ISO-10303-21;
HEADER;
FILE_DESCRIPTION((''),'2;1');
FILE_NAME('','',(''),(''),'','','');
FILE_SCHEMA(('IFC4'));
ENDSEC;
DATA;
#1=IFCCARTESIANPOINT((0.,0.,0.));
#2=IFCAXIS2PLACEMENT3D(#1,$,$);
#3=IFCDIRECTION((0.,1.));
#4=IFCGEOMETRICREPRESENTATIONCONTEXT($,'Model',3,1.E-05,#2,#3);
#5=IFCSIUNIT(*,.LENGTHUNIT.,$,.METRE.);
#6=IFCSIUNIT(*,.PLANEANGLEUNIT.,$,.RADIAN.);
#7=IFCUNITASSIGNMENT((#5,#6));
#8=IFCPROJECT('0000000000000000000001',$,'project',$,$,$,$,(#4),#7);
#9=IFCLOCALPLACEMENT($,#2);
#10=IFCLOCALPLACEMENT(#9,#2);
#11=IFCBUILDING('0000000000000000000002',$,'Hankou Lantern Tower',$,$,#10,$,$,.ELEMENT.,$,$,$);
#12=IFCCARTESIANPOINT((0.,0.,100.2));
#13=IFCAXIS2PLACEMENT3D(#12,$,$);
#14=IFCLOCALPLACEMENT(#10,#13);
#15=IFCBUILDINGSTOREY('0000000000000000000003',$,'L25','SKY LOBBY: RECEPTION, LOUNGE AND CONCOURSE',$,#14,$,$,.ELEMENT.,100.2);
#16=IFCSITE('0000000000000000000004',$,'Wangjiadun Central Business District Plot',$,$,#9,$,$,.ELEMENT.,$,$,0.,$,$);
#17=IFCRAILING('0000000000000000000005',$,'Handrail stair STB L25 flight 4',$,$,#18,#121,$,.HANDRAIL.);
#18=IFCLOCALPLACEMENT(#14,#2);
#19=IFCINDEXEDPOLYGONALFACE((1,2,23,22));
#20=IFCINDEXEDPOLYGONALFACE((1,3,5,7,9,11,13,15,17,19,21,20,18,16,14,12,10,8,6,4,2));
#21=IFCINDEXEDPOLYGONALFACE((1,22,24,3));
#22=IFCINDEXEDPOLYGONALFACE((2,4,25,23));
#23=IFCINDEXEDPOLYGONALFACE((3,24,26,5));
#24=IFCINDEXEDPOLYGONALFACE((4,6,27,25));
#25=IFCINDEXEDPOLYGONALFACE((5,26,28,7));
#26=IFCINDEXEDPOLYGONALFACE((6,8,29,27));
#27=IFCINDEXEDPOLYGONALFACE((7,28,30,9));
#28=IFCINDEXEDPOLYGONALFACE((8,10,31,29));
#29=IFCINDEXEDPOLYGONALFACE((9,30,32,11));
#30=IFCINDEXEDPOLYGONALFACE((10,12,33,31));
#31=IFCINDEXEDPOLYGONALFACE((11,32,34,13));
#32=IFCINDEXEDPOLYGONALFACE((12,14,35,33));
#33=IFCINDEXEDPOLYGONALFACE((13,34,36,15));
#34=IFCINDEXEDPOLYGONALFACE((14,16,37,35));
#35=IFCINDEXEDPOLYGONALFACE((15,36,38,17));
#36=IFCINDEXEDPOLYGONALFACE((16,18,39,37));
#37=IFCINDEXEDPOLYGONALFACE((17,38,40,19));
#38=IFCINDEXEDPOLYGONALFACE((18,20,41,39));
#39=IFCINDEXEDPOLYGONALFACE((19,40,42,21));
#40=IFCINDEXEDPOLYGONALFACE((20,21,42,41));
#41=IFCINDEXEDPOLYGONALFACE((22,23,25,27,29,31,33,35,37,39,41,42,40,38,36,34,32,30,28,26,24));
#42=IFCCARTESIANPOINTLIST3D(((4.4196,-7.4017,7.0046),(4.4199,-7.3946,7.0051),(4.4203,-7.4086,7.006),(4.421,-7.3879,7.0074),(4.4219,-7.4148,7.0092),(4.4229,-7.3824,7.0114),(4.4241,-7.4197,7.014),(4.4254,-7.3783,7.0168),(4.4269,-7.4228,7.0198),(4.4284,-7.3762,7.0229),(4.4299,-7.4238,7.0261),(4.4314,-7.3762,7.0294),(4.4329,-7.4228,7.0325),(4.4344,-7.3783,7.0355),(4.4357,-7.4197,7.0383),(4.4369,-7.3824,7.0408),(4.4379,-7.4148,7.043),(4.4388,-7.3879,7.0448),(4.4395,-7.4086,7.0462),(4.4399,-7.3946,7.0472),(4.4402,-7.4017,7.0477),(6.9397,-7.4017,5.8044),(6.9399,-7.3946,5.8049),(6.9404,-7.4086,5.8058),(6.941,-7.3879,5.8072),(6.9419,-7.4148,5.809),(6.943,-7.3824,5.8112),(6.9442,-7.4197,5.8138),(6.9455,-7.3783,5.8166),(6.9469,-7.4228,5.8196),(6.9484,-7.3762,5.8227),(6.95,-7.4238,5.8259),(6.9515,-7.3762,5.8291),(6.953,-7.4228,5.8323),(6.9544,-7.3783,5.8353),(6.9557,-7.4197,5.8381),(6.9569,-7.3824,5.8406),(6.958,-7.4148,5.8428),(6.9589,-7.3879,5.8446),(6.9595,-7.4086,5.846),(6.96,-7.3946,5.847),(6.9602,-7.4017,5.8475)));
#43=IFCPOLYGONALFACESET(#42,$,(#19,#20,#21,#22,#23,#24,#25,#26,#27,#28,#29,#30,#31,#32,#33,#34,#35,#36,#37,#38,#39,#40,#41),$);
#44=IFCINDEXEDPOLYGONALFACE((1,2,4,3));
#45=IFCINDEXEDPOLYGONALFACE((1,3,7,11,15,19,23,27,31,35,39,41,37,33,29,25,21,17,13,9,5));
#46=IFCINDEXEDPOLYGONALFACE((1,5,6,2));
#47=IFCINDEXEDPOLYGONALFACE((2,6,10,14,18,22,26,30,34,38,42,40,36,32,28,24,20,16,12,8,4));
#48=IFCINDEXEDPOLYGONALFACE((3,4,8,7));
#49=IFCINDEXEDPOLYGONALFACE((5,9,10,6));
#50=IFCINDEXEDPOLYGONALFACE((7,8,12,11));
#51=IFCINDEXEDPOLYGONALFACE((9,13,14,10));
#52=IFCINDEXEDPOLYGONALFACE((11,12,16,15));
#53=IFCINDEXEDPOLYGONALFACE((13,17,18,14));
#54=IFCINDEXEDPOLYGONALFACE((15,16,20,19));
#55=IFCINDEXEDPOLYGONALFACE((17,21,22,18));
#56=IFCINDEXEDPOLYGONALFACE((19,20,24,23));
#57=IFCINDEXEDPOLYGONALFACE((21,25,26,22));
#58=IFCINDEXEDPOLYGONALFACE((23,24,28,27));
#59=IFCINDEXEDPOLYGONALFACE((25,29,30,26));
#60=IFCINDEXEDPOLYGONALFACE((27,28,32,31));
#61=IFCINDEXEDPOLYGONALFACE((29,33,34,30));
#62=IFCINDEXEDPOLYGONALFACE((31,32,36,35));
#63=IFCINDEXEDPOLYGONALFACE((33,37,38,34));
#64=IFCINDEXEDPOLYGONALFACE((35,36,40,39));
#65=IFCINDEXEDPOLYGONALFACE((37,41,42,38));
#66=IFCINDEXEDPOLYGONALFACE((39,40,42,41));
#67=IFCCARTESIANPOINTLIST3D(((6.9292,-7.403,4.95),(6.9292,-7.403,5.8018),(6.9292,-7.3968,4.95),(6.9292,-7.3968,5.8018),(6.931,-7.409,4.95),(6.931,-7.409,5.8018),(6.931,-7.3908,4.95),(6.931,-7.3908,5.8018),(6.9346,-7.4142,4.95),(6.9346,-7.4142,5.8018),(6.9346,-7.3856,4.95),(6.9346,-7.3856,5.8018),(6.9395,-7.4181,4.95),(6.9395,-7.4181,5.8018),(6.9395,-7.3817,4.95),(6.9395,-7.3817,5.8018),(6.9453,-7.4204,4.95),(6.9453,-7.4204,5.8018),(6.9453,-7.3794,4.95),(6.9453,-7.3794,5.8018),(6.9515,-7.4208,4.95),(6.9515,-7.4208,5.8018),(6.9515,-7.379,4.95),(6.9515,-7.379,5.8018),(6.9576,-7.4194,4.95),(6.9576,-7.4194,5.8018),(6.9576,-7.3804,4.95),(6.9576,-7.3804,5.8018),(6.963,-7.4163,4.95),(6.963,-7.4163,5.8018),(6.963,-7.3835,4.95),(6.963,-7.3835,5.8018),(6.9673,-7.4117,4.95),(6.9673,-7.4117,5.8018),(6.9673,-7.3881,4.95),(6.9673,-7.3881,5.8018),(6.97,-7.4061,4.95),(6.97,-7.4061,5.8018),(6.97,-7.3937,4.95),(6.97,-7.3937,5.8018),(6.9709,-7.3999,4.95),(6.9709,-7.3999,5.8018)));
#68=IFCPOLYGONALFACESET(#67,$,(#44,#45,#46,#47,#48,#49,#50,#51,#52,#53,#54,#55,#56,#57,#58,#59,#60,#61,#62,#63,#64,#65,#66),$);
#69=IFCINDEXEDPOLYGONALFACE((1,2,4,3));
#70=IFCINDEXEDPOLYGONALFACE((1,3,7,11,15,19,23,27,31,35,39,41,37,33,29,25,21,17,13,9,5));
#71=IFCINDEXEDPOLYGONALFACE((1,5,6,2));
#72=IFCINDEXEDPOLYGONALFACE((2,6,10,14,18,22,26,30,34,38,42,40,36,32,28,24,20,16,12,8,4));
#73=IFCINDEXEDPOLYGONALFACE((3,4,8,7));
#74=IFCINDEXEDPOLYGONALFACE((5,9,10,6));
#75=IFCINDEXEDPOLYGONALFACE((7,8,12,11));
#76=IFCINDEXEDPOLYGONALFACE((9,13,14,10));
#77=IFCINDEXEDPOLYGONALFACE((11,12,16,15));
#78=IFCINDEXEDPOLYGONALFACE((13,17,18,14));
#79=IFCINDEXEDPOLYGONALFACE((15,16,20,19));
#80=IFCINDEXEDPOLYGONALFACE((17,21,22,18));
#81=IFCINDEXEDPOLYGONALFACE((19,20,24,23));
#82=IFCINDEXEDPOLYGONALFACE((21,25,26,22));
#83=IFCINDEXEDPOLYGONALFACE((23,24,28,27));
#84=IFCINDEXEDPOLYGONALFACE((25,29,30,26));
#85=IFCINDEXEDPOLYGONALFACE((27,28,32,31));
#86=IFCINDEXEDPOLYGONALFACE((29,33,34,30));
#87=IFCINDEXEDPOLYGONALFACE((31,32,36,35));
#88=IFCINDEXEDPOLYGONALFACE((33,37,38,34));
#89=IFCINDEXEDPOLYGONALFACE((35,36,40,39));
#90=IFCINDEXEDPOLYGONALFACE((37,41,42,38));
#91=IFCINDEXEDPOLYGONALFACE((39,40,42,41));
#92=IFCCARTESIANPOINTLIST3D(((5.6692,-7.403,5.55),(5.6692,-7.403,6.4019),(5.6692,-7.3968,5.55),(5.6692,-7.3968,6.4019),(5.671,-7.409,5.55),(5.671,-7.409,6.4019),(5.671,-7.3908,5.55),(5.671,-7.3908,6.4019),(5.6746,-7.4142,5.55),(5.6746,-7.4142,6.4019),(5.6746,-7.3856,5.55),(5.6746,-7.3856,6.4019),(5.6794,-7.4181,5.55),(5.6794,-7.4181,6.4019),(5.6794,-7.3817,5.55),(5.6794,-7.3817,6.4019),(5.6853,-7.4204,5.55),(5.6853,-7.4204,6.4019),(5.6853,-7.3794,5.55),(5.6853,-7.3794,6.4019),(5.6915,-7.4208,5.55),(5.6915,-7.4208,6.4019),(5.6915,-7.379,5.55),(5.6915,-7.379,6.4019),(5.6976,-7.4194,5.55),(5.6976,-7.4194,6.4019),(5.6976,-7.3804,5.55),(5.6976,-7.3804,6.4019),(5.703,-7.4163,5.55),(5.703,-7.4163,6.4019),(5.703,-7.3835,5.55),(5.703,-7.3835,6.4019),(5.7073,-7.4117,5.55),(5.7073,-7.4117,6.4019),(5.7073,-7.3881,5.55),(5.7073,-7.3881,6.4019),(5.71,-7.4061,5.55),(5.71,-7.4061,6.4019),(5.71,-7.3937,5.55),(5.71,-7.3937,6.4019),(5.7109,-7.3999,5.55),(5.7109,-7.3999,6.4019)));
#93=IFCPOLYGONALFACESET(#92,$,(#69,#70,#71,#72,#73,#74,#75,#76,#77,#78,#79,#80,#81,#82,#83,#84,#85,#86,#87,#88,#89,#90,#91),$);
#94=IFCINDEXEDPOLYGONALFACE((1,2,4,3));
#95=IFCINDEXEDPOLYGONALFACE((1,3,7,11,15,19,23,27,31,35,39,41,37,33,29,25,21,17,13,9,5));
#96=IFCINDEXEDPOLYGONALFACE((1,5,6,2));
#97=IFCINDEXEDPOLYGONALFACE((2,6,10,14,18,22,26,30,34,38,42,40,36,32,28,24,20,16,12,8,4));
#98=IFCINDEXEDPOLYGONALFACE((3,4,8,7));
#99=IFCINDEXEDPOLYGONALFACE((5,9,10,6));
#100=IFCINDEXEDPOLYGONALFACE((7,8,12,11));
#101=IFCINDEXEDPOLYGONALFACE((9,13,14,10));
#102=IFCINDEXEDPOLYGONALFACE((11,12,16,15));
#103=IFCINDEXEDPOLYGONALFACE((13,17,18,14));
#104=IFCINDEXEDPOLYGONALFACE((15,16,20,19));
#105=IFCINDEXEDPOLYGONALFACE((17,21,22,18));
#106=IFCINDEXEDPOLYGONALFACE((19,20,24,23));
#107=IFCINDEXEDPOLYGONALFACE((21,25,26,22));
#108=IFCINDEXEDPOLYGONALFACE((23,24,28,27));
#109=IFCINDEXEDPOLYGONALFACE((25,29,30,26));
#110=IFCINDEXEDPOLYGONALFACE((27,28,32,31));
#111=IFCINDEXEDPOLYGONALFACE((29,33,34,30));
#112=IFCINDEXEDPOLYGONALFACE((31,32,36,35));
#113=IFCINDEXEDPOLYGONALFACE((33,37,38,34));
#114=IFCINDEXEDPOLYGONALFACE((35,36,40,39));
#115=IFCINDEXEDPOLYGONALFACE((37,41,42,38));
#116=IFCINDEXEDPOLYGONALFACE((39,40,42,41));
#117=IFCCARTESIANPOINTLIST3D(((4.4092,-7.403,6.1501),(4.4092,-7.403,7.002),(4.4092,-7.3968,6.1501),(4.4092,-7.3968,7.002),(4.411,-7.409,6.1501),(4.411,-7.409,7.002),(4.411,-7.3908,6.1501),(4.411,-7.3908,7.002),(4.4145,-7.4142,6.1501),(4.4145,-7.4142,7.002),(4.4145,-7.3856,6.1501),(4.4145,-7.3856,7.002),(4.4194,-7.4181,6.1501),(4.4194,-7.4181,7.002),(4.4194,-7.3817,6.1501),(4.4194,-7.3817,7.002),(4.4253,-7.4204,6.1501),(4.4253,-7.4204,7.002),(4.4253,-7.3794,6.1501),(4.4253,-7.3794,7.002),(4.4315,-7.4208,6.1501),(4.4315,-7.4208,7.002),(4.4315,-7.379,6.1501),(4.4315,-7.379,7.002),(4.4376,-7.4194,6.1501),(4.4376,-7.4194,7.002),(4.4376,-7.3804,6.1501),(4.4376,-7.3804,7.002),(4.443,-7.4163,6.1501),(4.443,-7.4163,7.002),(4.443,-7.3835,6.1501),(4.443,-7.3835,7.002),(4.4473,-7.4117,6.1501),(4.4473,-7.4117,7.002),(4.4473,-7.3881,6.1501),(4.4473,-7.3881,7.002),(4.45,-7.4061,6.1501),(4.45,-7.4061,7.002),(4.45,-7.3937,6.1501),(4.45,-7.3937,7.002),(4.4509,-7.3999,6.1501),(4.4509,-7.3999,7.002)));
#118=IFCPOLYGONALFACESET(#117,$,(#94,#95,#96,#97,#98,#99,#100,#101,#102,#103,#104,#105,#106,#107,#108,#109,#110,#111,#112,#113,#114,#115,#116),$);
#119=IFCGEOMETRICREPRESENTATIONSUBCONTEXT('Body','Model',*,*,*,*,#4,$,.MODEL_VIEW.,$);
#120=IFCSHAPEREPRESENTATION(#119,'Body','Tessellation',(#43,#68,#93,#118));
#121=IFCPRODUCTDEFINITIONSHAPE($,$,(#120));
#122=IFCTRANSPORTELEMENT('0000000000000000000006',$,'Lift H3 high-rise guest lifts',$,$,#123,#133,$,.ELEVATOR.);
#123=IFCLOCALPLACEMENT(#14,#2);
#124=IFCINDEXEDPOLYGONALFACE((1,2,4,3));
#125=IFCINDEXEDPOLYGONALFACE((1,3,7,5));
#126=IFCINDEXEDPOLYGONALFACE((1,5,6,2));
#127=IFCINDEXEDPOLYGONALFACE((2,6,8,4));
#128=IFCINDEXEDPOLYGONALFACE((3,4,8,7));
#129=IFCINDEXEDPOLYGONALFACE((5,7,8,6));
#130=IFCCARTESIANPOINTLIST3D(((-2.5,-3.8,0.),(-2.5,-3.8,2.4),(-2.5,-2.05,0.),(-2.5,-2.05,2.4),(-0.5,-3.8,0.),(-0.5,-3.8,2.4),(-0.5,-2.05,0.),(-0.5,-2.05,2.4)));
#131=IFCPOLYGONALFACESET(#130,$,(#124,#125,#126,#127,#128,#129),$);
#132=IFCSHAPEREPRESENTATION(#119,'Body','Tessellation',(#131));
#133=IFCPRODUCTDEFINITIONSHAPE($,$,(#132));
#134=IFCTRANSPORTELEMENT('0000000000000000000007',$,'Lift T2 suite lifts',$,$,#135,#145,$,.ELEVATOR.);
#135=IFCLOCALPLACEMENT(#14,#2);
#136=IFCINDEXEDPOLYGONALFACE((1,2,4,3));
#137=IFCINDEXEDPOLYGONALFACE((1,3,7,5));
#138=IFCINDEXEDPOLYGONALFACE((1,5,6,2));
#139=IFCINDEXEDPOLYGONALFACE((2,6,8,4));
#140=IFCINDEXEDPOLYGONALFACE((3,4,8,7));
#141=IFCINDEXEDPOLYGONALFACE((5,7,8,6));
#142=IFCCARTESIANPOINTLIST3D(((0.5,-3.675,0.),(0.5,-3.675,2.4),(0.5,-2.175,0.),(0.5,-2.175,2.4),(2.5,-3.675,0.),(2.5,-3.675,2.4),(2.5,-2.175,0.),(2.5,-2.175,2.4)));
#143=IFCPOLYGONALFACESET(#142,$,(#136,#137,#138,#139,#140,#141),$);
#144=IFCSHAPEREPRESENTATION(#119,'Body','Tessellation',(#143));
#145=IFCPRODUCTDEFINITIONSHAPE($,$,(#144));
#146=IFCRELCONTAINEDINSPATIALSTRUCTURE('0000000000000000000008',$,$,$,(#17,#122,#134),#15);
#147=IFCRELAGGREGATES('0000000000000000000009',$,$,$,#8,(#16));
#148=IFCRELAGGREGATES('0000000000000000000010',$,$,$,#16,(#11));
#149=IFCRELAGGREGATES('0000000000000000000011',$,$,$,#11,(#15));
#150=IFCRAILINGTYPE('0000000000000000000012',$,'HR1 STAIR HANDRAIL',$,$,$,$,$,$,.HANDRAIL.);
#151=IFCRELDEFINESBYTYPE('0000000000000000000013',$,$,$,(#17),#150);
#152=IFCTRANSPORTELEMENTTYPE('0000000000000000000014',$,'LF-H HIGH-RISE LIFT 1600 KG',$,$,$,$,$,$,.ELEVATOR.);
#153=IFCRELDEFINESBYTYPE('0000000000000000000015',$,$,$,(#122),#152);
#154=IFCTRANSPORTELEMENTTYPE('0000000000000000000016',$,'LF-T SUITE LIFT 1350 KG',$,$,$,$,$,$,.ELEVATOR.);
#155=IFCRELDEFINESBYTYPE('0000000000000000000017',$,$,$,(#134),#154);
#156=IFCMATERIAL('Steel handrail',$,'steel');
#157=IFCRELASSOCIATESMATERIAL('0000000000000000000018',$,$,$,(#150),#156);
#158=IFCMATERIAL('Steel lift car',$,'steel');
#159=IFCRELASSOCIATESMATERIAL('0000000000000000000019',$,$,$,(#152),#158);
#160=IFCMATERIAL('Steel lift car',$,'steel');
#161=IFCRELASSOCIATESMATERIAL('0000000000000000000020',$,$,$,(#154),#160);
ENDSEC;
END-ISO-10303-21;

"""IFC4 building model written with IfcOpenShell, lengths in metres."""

from ifc_helpers import new_model, si_unit, direction, frame, origin, origin_2d, place, context, subcontext, project, spatial, rectangle, circle, extrude, material, type_object, element, save


model = new_model("IFC4")

# Units and contexts
model_context = context("Model", 3, precision=1e-05, world=origin(), true_north=direction((0.0, 1.0)))
body_context = subcontext(model_context, "Body", "Model", "MODEL_VIEW")
ifc_project = project(units=[si_unit("LENGTHUNIT", "METRE"), si_unit("PLANEANGLEUNIT", "RADIAN")], contexts=[model_context])

# Site, building, storey
site_placement = place(None, origin())
site = spatial("IfcSite", under=ifc_project, at=site_placement, Name="Wangjiadun Central Business District Plot", CompositionType="ELEMENT", RefElevation=0.0)
building_placement = place(site_placement, origin())
building = spatial("IfcBuilding", under=site, at=building_placement, Name="Hankou Lantern Tower", CompositionType="ELEMENT")
storey_placement = place(building_placement, frame((0.0, 0.0, 100.2)))
storey = spatial("IfcBuildingStorey", under=building, at=storey_placement, Name="L25", Description="SKY LOBBY: RECEPTION, LOUNGE AND CONCOURSE", CompositionType="ELEMENT", Elevation=100.2)

# Railing
ifc_material_1 = material(Name="Steel handrail", Category="steel")
railing_type = type_object("IfcRailingType", Name="HR1 STAIR HANDRAIL", PredefinedType="HANDRAIL", material=ifc_material_1)
railing_1_placement = place(storey_placement, frame((6.95, -7.3999, 4.95)))
element("IfcRailing", 1, at=railing_1_placement, inside=storey, type_object=railing_type, Name="Handrail stair STB L25 flight 4", PredefinedType="HANDRAIL", context=body_context, shape_type="SweptSolid", body=[
    extrude(circle(Radius=0.0239, at=origin_2d()), frame((0.0, 0.0, 0.876), z_axis=(-0.902835, 0.0, 0.429988), x_axis=(0.0, -1.0, 0.0)), (0.0, 0.0, 1.0), 2.7913),
    extrude(circle(Radius=0.021, at=origin_2d()), origin(), (0.0, 0.0, 1.0), 0.8518),
    extrude(circle(Radius=0.021, at=origin_2d()), frame((-1.26, 0.0, 0.6001)), (0.0, 0.0, 1.0), 0.8518),
    extrude(circle(Radius=0.021, at=origin_2d()), frame((-2.52, 0.0, 1.2002)), (0.0, 0.0, 1.0), 0.8518),
])

# Transport elements
ifc_material_2 = material(Name="Steel lift car", Category="steel")
transport_element_type_1 = type_object("IfcTransportElementType", Name="LF-H HIGH-RISE LIFT 1600 KG", PredefinedType="ELEVATOR", material=ifc_material_2)
transport_element_1_placement = place(storey_placement, frame((-1.5, -2.925, 0.0), z_axis=(0.0, 0.0, 1.0), x_axis=(1.0, 0.0, 0.0)))
element("IfcTransportElement", 2, at=transport_element_1_placement, inside=storey, type_object=transport_element_type_1, Name="Lift H3 high-rise guest lifts", PredefinedType="ELEVATOR", context=body_context, shape_type="SweptSolid", body=[
    extrude(rectangle(XDim=2.0, YDim=1.75, at=origin_2d()), origin(), (0.0, 0.0, 1.0), 2.4),
])
ifc_material_3 = material(Name="Steel lift car", Category="steel")
transport_element_type_2 = type_object("IfcTransportElementType", Name="LF-T SUITE LIFT 1350 KG", PredefinedType="ELEVATOR", material=ifc_material_3)
transport_element_2_placement = place(storey_placement, frame((1.5, -2.925, 0.0), z_axis=(0.0, 0.0, 1.0), x_axis=(1.0, 0.0, 0.0)))
element("IfcTransportElement", 3, at=transport_element_2_placement, inside=storey, type_object=transport_element_type_2, Name="Lift T2 suite lifts", PredefinedType="ELEVATOR", context=body_context, shape_type="SweptSolid", body=[
    extrude(rectangle(XDim=2.0, YDim=1.5, at=origin_2d()), origin(), (0.0, 0.0, 1.0), 2.4),
])

save(model, "model.ifc")
